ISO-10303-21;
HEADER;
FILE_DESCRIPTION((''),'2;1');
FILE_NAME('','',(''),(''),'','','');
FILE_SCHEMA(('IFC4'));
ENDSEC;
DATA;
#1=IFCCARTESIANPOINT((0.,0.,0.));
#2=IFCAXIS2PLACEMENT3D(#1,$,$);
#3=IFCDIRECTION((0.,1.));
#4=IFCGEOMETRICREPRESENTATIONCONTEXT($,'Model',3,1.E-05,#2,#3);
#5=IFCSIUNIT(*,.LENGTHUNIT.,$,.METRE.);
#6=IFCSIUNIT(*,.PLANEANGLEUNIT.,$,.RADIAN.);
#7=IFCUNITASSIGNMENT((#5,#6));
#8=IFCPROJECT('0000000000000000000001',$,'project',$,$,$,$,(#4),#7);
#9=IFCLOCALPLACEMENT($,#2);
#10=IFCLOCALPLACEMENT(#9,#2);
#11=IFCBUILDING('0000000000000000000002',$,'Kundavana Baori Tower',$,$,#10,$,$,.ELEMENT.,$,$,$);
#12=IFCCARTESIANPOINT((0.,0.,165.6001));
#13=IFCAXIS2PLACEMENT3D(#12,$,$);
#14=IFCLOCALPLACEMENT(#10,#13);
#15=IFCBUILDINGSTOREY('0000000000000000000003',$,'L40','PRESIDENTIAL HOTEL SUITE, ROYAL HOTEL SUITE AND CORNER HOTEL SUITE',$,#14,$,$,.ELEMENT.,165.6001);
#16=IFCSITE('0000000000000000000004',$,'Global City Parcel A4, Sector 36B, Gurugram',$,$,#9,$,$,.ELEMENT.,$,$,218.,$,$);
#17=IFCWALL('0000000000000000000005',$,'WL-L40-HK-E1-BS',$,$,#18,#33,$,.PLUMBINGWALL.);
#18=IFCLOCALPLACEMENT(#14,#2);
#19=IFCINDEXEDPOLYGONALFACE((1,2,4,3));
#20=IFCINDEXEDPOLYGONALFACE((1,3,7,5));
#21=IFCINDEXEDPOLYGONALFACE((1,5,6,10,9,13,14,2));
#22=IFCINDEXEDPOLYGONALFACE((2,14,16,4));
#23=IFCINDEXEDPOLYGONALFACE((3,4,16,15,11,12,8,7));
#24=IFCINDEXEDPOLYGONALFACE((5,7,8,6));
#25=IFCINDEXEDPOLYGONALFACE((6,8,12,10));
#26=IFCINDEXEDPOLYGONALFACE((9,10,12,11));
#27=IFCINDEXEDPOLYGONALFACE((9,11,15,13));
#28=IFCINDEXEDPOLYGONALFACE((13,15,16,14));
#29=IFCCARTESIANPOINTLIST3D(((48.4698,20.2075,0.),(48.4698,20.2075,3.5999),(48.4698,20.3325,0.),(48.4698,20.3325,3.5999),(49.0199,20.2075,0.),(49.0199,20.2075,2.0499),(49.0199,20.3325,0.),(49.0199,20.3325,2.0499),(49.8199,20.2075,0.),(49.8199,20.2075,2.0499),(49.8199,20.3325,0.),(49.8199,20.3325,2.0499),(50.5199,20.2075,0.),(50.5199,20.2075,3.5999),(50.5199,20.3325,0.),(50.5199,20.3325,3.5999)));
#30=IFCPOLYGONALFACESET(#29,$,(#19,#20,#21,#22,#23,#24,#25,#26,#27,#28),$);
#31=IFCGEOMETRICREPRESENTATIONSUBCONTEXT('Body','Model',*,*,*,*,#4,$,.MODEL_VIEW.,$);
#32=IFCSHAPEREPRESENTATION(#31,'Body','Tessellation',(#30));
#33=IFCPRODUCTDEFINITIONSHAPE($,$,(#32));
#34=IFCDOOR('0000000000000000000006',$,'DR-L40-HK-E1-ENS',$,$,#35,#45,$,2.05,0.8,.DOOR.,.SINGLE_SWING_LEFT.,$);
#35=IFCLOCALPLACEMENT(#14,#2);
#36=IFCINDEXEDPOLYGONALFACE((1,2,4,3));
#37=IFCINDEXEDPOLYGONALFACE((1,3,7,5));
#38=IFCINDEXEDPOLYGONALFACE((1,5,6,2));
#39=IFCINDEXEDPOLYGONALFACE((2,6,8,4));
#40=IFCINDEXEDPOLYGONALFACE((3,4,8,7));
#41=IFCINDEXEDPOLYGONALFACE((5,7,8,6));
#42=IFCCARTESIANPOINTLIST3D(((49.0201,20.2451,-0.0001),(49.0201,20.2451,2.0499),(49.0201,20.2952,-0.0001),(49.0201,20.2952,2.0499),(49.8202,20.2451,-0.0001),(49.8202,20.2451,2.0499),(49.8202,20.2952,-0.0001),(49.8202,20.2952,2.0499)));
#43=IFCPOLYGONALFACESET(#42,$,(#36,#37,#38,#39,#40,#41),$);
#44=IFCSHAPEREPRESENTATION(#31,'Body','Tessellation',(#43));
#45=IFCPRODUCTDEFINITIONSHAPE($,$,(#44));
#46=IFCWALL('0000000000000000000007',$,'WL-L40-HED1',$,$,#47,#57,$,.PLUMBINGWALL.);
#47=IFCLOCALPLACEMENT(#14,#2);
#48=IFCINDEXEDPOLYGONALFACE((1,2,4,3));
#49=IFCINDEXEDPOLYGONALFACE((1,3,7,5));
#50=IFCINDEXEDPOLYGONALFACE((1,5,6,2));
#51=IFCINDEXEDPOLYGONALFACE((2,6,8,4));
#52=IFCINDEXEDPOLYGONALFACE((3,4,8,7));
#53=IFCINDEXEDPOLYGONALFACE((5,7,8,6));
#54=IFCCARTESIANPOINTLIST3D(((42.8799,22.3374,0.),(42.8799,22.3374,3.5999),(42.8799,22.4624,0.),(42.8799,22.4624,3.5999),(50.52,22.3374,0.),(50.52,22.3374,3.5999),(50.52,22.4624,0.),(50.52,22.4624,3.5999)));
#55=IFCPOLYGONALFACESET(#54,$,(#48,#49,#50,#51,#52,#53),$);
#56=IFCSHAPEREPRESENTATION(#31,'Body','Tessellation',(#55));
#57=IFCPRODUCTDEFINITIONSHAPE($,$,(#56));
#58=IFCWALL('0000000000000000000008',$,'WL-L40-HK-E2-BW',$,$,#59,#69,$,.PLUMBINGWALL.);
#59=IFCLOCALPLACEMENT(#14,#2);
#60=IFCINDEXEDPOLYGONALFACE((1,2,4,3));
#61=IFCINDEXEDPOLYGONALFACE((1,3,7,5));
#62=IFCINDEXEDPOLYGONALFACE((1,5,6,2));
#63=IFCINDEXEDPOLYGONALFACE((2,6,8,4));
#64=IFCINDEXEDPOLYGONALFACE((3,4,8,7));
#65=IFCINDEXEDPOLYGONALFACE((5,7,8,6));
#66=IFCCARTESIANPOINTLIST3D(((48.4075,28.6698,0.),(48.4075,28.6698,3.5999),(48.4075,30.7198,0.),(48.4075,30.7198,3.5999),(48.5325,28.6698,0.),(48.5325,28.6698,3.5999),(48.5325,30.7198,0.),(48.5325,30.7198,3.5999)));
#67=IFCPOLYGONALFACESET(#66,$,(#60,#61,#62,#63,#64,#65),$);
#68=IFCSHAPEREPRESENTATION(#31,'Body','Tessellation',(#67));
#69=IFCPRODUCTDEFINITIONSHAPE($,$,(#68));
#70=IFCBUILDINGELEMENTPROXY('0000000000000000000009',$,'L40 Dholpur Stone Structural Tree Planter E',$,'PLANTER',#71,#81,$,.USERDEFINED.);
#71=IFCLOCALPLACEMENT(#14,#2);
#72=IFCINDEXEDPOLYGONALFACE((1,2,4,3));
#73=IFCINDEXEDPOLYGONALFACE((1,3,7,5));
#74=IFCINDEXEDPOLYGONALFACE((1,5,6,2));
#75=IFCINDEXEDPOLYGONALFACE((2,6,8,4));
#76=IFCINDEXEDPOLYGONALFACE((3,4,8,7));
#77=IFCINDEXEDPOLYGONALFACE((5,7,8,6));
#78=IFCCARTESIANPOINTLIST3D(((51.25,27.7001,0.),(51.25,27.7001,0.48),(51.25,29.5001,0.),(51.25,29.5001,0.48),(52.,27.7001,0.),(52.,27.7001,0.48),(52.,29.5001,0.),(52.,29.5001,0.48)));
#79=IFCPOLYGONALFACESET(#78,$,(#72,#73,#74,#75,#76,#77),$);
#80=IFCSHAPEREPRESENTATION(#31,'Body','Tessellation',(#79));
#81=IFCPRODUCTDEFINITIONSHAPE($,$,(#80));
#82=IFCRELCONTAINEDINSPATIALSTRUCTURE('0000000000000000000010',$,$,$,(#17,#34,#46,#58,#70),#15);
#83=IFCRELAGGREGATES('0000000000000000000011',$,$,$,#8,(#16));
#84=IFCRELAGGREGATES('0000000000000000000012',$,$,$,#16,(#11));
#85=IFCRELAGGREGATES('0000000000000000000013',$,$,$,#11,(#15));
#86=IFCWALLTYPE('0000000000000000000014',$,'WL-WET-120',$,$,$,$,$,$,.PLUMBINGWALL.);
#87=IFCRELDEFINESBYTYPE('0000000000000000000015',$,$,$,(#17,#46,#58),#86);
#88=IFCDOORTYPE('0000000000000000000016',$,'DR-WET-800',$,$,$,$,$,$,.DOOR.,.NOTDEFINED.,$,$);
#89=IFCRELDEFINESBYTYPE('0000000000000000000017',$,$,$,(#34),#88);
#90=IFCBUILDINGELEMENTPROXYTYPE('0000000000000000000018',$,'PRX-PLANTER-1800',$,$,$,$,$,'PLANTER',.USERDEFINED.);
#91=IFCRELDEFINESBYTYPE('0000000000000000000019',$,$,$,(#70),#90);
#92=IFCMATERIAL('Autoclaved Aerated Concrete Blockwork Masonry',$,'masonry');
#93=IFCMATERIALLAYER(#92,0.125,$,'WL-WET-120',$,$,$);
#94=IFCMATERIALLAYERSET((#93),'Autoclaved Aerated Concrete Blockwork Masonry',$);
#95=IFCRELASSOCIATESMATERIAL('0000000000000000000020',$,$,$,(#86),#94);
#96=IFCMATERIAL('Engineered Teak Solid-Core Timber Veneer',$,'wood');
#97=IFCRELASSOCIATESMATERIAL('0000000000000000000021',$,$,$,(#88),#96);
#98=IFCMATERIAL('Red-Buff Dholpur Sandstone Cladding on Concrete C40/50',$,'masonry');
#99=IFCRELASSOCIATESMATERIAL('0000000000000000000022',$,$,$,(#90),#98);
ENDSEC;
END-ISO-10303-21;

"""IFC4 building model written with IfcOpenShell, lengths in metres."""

from ifc_helpers import new_model, si_unit, direction, frame, frame_2d, origin, origin_2d, place, context, subcontext, project, spatial, rectangle, extrude, material, layer, layer_set, type_object, element, fill, save


model = new_model("IFC4")

# Units and contexts
model_context = context("Model", 3, precision=1e-05, world=origin(), true_north=direction((0.0, 1.0)))
body_context = subcontext(model_context, "Body", "Model", "MODEL_VIEW")
ifc_project = project(units=[si_unit("LENGTHUNIT", "METRE"), si_unit("PLANEANGLEUNIT", "RADIAN")], contexts=[model_context])

# Site, building, storey
site_placement = place(None, origin())
site = spatial("IfcSite", under=ifc_project, at=site_placement, Name="Global City Parcel A4, Sector 36B, Gurugram", CompositionType="ELEMENT", RefElevation=218.0)
building_placement = place(site_placement, origin())
building = spatial("IfcBuilding", under=site, at=building_placement, Name="Kundavana Baori Tower", CompositionType="ELEMENT")
storey_placement = place(building_placement, frame((0.0, 0.0, 165.6001)))
storey = spatial("IfcBuildingStorey", under=building, at=storey_placement, Name="L40", Description="PRESIDENTIAL HOTEL SUITE, ROYAL HOTEL SUITE AND CORNER HOTEL SUITE", CompositionType="ELEMENT", Elevation=165.6001)

# Shared definitions
ifc_material_1 = material(Name="Autoclaved Aerated Concrete Blockwork Masonry", Category="masonry")
ifc_layer = layer(ifc_material_1, 0.125, Name="WL-WET-120")
ifc_layer_set = layer_set([ifc_layer], Name="Autoclaved Aerated Concrete Blockwork Masonry")
wall_type = type_object("IfcWallType", Name="WL-WET-120", PredefinedType="PLUMBINGWALL", material=ifc_layer_set)

# Wall, opening, door
wall_1_placement = place(storey_placement, frame((48.47, 20.27, 0.0), z_axis=(0.0, 0.0, 1.0), x_axis=(1.0, 0.0, 0.0)))
wall_1 = element("IfcWall", 1, at=wall_1_placement, inside=storey, type_object=wall_type, Name="WL-L40-HK-E1-BS", PredefinedType="PLUMBINGWALL", context=body_context, shape_type="SweptSolid", body=[
    extrude(rectangle(XDim=2.05, YDim=0.125, at=frame_2d((1.0249, 0.0))), origin(), (0.0, 0.0, 1.0), 3.5999),
])
opening_1_placement = place(wall_1_placement, frame((0.55, 0.0, 0.0)))
opening_1 = element("IfcOpeningElement", 2, at=opening_1_placement, cuts=wall_1, PredefinedType="OPENING", context=body_context, shape_type="SweptSolid", body=[
    extrude(rectangle(XDim=0.8, YDim=2.05, at=frame_2d((0.3999, 1.0249))), frame((0.0, 0.0725, 0.0), z_axis=(0.0, -1.0, 0.0), x_axis=(1.0, 0.0, 0.0)), (0.0, 0.0, 1.0), 0.145),
])
ifc_material_2 = material(Name="Engineered Teak Solid-Core Timber Veneer", Category="wood")
door_type_1 = type_object("IfcDoorType", Name="DR-WET-800", OperationType="NOTDEFINED", PredefinedType="DOOR", material=ifc_material_2)
door_1_placement = place(opening_1_placement, frame((0.8, 0.0, 0.0), z_axis=(0.0, 0.0, 1.0), x_axis=(-1.0, 0.0, 0.0)))
door_1 = element("IfcDoor", 3, at=door_1_placement, inside=storey, type_object=door_type_1, Name="DR-L40-HK-E1-ENS", OperationType="SINGLE_SWING_LEFT", OverallHeight=2.05, OverallWidth=0.8, PredefinedType="DOOR", context=body_context, shape_type="SweptSolid", body=[
    extrude(rectangle(XDim=0.8, YDim=2.05, at=frame_2d((0.3999, 1.0249))), frame((0.0, 0.0249, 0.0), z_axis=(0.0, -1.0, 0.0), x_axis=(1.0, 0.0, 0.0)), (0.0, 0.0, 1.0), 0.05),
])
fill(opening_1, door_1)

# Walls
wall_2_placement = place(storey_placement, frame((42.8799, 22.3999, 0.0), z_axis=(0.0, 0.0, 1.0), x_axis=(1.0, 0.0, 0.0)))
element("IfcWall", 4, at=wall_2_placement, inside=storey, type_object=wall_type, Name="WL-L40-HED1", PredefinedType="PLUMBINGWALL", context=body_context, shape_type="SweptSolid", body=[
    extrude(rectangle(XDim=7.6401, YDim=0.125, at=frame_2d((3.8201, 0.0))), origin(), (0.0, 0.0, 1.0), 3.5999),
])
wall_3_placement = place(storey_placement, frame((48.47, 28.6699, 0.0), z_axis=(0.0, 0.0, 1.0), x_axis=(0.0, 1.0, 0.0)))
element("IfcWall", 5, at=wall_3_placement, inside=storey, type_object=wall_type, Name="WL-L40-HK-E2-BW", PredefinedType="PLUMBINGWALL", context=body_context, shape_type="SweptSolid", body=[
    extrude(rectangle(XDim=2.05, YDim=0.125, at=frame_2d((1.0249, 0.0))), origin(), (0.0, 0.0, 1.0), 3.5999),
])

# Building element proxy
ifc_material_3 = material(Name="Red-Buff Dholpur Sandstone Cladding on Concrete C40/50", Category="masonry")
building_element_proxy_type = type_object("IfcBuildingElementProxyType", Name="PRX-PLANTER-1800", ElementType="PLANTER", PredefinedType="USERDEFINED", material=ifc_material_3)
proxy_placement = place(storey_placement, frame((51.625, 28.6001, 0.0), z_axis=(0.0, 0.0, 1.0), x_axis=(0.0, 1.0, 0.0)))
element("IfcBuildingElementProxy", 6, at=proxy_placement, inside=storey, type_object=building_element_proxy_type, Name="L40 Dholpur Stone Structural Tree Planter E", ObjectType="PLANTER", PredefinedType="USERDEFINED", context=body_context, shape_type="SweptSolid", body=[
    extrude(rectangle(XDim=1.8, YDim=0.75, at=origin_2d()), origin(), (0.0, 0.0, 1.0), 0.48),
])

save(model, "model.ifc")
